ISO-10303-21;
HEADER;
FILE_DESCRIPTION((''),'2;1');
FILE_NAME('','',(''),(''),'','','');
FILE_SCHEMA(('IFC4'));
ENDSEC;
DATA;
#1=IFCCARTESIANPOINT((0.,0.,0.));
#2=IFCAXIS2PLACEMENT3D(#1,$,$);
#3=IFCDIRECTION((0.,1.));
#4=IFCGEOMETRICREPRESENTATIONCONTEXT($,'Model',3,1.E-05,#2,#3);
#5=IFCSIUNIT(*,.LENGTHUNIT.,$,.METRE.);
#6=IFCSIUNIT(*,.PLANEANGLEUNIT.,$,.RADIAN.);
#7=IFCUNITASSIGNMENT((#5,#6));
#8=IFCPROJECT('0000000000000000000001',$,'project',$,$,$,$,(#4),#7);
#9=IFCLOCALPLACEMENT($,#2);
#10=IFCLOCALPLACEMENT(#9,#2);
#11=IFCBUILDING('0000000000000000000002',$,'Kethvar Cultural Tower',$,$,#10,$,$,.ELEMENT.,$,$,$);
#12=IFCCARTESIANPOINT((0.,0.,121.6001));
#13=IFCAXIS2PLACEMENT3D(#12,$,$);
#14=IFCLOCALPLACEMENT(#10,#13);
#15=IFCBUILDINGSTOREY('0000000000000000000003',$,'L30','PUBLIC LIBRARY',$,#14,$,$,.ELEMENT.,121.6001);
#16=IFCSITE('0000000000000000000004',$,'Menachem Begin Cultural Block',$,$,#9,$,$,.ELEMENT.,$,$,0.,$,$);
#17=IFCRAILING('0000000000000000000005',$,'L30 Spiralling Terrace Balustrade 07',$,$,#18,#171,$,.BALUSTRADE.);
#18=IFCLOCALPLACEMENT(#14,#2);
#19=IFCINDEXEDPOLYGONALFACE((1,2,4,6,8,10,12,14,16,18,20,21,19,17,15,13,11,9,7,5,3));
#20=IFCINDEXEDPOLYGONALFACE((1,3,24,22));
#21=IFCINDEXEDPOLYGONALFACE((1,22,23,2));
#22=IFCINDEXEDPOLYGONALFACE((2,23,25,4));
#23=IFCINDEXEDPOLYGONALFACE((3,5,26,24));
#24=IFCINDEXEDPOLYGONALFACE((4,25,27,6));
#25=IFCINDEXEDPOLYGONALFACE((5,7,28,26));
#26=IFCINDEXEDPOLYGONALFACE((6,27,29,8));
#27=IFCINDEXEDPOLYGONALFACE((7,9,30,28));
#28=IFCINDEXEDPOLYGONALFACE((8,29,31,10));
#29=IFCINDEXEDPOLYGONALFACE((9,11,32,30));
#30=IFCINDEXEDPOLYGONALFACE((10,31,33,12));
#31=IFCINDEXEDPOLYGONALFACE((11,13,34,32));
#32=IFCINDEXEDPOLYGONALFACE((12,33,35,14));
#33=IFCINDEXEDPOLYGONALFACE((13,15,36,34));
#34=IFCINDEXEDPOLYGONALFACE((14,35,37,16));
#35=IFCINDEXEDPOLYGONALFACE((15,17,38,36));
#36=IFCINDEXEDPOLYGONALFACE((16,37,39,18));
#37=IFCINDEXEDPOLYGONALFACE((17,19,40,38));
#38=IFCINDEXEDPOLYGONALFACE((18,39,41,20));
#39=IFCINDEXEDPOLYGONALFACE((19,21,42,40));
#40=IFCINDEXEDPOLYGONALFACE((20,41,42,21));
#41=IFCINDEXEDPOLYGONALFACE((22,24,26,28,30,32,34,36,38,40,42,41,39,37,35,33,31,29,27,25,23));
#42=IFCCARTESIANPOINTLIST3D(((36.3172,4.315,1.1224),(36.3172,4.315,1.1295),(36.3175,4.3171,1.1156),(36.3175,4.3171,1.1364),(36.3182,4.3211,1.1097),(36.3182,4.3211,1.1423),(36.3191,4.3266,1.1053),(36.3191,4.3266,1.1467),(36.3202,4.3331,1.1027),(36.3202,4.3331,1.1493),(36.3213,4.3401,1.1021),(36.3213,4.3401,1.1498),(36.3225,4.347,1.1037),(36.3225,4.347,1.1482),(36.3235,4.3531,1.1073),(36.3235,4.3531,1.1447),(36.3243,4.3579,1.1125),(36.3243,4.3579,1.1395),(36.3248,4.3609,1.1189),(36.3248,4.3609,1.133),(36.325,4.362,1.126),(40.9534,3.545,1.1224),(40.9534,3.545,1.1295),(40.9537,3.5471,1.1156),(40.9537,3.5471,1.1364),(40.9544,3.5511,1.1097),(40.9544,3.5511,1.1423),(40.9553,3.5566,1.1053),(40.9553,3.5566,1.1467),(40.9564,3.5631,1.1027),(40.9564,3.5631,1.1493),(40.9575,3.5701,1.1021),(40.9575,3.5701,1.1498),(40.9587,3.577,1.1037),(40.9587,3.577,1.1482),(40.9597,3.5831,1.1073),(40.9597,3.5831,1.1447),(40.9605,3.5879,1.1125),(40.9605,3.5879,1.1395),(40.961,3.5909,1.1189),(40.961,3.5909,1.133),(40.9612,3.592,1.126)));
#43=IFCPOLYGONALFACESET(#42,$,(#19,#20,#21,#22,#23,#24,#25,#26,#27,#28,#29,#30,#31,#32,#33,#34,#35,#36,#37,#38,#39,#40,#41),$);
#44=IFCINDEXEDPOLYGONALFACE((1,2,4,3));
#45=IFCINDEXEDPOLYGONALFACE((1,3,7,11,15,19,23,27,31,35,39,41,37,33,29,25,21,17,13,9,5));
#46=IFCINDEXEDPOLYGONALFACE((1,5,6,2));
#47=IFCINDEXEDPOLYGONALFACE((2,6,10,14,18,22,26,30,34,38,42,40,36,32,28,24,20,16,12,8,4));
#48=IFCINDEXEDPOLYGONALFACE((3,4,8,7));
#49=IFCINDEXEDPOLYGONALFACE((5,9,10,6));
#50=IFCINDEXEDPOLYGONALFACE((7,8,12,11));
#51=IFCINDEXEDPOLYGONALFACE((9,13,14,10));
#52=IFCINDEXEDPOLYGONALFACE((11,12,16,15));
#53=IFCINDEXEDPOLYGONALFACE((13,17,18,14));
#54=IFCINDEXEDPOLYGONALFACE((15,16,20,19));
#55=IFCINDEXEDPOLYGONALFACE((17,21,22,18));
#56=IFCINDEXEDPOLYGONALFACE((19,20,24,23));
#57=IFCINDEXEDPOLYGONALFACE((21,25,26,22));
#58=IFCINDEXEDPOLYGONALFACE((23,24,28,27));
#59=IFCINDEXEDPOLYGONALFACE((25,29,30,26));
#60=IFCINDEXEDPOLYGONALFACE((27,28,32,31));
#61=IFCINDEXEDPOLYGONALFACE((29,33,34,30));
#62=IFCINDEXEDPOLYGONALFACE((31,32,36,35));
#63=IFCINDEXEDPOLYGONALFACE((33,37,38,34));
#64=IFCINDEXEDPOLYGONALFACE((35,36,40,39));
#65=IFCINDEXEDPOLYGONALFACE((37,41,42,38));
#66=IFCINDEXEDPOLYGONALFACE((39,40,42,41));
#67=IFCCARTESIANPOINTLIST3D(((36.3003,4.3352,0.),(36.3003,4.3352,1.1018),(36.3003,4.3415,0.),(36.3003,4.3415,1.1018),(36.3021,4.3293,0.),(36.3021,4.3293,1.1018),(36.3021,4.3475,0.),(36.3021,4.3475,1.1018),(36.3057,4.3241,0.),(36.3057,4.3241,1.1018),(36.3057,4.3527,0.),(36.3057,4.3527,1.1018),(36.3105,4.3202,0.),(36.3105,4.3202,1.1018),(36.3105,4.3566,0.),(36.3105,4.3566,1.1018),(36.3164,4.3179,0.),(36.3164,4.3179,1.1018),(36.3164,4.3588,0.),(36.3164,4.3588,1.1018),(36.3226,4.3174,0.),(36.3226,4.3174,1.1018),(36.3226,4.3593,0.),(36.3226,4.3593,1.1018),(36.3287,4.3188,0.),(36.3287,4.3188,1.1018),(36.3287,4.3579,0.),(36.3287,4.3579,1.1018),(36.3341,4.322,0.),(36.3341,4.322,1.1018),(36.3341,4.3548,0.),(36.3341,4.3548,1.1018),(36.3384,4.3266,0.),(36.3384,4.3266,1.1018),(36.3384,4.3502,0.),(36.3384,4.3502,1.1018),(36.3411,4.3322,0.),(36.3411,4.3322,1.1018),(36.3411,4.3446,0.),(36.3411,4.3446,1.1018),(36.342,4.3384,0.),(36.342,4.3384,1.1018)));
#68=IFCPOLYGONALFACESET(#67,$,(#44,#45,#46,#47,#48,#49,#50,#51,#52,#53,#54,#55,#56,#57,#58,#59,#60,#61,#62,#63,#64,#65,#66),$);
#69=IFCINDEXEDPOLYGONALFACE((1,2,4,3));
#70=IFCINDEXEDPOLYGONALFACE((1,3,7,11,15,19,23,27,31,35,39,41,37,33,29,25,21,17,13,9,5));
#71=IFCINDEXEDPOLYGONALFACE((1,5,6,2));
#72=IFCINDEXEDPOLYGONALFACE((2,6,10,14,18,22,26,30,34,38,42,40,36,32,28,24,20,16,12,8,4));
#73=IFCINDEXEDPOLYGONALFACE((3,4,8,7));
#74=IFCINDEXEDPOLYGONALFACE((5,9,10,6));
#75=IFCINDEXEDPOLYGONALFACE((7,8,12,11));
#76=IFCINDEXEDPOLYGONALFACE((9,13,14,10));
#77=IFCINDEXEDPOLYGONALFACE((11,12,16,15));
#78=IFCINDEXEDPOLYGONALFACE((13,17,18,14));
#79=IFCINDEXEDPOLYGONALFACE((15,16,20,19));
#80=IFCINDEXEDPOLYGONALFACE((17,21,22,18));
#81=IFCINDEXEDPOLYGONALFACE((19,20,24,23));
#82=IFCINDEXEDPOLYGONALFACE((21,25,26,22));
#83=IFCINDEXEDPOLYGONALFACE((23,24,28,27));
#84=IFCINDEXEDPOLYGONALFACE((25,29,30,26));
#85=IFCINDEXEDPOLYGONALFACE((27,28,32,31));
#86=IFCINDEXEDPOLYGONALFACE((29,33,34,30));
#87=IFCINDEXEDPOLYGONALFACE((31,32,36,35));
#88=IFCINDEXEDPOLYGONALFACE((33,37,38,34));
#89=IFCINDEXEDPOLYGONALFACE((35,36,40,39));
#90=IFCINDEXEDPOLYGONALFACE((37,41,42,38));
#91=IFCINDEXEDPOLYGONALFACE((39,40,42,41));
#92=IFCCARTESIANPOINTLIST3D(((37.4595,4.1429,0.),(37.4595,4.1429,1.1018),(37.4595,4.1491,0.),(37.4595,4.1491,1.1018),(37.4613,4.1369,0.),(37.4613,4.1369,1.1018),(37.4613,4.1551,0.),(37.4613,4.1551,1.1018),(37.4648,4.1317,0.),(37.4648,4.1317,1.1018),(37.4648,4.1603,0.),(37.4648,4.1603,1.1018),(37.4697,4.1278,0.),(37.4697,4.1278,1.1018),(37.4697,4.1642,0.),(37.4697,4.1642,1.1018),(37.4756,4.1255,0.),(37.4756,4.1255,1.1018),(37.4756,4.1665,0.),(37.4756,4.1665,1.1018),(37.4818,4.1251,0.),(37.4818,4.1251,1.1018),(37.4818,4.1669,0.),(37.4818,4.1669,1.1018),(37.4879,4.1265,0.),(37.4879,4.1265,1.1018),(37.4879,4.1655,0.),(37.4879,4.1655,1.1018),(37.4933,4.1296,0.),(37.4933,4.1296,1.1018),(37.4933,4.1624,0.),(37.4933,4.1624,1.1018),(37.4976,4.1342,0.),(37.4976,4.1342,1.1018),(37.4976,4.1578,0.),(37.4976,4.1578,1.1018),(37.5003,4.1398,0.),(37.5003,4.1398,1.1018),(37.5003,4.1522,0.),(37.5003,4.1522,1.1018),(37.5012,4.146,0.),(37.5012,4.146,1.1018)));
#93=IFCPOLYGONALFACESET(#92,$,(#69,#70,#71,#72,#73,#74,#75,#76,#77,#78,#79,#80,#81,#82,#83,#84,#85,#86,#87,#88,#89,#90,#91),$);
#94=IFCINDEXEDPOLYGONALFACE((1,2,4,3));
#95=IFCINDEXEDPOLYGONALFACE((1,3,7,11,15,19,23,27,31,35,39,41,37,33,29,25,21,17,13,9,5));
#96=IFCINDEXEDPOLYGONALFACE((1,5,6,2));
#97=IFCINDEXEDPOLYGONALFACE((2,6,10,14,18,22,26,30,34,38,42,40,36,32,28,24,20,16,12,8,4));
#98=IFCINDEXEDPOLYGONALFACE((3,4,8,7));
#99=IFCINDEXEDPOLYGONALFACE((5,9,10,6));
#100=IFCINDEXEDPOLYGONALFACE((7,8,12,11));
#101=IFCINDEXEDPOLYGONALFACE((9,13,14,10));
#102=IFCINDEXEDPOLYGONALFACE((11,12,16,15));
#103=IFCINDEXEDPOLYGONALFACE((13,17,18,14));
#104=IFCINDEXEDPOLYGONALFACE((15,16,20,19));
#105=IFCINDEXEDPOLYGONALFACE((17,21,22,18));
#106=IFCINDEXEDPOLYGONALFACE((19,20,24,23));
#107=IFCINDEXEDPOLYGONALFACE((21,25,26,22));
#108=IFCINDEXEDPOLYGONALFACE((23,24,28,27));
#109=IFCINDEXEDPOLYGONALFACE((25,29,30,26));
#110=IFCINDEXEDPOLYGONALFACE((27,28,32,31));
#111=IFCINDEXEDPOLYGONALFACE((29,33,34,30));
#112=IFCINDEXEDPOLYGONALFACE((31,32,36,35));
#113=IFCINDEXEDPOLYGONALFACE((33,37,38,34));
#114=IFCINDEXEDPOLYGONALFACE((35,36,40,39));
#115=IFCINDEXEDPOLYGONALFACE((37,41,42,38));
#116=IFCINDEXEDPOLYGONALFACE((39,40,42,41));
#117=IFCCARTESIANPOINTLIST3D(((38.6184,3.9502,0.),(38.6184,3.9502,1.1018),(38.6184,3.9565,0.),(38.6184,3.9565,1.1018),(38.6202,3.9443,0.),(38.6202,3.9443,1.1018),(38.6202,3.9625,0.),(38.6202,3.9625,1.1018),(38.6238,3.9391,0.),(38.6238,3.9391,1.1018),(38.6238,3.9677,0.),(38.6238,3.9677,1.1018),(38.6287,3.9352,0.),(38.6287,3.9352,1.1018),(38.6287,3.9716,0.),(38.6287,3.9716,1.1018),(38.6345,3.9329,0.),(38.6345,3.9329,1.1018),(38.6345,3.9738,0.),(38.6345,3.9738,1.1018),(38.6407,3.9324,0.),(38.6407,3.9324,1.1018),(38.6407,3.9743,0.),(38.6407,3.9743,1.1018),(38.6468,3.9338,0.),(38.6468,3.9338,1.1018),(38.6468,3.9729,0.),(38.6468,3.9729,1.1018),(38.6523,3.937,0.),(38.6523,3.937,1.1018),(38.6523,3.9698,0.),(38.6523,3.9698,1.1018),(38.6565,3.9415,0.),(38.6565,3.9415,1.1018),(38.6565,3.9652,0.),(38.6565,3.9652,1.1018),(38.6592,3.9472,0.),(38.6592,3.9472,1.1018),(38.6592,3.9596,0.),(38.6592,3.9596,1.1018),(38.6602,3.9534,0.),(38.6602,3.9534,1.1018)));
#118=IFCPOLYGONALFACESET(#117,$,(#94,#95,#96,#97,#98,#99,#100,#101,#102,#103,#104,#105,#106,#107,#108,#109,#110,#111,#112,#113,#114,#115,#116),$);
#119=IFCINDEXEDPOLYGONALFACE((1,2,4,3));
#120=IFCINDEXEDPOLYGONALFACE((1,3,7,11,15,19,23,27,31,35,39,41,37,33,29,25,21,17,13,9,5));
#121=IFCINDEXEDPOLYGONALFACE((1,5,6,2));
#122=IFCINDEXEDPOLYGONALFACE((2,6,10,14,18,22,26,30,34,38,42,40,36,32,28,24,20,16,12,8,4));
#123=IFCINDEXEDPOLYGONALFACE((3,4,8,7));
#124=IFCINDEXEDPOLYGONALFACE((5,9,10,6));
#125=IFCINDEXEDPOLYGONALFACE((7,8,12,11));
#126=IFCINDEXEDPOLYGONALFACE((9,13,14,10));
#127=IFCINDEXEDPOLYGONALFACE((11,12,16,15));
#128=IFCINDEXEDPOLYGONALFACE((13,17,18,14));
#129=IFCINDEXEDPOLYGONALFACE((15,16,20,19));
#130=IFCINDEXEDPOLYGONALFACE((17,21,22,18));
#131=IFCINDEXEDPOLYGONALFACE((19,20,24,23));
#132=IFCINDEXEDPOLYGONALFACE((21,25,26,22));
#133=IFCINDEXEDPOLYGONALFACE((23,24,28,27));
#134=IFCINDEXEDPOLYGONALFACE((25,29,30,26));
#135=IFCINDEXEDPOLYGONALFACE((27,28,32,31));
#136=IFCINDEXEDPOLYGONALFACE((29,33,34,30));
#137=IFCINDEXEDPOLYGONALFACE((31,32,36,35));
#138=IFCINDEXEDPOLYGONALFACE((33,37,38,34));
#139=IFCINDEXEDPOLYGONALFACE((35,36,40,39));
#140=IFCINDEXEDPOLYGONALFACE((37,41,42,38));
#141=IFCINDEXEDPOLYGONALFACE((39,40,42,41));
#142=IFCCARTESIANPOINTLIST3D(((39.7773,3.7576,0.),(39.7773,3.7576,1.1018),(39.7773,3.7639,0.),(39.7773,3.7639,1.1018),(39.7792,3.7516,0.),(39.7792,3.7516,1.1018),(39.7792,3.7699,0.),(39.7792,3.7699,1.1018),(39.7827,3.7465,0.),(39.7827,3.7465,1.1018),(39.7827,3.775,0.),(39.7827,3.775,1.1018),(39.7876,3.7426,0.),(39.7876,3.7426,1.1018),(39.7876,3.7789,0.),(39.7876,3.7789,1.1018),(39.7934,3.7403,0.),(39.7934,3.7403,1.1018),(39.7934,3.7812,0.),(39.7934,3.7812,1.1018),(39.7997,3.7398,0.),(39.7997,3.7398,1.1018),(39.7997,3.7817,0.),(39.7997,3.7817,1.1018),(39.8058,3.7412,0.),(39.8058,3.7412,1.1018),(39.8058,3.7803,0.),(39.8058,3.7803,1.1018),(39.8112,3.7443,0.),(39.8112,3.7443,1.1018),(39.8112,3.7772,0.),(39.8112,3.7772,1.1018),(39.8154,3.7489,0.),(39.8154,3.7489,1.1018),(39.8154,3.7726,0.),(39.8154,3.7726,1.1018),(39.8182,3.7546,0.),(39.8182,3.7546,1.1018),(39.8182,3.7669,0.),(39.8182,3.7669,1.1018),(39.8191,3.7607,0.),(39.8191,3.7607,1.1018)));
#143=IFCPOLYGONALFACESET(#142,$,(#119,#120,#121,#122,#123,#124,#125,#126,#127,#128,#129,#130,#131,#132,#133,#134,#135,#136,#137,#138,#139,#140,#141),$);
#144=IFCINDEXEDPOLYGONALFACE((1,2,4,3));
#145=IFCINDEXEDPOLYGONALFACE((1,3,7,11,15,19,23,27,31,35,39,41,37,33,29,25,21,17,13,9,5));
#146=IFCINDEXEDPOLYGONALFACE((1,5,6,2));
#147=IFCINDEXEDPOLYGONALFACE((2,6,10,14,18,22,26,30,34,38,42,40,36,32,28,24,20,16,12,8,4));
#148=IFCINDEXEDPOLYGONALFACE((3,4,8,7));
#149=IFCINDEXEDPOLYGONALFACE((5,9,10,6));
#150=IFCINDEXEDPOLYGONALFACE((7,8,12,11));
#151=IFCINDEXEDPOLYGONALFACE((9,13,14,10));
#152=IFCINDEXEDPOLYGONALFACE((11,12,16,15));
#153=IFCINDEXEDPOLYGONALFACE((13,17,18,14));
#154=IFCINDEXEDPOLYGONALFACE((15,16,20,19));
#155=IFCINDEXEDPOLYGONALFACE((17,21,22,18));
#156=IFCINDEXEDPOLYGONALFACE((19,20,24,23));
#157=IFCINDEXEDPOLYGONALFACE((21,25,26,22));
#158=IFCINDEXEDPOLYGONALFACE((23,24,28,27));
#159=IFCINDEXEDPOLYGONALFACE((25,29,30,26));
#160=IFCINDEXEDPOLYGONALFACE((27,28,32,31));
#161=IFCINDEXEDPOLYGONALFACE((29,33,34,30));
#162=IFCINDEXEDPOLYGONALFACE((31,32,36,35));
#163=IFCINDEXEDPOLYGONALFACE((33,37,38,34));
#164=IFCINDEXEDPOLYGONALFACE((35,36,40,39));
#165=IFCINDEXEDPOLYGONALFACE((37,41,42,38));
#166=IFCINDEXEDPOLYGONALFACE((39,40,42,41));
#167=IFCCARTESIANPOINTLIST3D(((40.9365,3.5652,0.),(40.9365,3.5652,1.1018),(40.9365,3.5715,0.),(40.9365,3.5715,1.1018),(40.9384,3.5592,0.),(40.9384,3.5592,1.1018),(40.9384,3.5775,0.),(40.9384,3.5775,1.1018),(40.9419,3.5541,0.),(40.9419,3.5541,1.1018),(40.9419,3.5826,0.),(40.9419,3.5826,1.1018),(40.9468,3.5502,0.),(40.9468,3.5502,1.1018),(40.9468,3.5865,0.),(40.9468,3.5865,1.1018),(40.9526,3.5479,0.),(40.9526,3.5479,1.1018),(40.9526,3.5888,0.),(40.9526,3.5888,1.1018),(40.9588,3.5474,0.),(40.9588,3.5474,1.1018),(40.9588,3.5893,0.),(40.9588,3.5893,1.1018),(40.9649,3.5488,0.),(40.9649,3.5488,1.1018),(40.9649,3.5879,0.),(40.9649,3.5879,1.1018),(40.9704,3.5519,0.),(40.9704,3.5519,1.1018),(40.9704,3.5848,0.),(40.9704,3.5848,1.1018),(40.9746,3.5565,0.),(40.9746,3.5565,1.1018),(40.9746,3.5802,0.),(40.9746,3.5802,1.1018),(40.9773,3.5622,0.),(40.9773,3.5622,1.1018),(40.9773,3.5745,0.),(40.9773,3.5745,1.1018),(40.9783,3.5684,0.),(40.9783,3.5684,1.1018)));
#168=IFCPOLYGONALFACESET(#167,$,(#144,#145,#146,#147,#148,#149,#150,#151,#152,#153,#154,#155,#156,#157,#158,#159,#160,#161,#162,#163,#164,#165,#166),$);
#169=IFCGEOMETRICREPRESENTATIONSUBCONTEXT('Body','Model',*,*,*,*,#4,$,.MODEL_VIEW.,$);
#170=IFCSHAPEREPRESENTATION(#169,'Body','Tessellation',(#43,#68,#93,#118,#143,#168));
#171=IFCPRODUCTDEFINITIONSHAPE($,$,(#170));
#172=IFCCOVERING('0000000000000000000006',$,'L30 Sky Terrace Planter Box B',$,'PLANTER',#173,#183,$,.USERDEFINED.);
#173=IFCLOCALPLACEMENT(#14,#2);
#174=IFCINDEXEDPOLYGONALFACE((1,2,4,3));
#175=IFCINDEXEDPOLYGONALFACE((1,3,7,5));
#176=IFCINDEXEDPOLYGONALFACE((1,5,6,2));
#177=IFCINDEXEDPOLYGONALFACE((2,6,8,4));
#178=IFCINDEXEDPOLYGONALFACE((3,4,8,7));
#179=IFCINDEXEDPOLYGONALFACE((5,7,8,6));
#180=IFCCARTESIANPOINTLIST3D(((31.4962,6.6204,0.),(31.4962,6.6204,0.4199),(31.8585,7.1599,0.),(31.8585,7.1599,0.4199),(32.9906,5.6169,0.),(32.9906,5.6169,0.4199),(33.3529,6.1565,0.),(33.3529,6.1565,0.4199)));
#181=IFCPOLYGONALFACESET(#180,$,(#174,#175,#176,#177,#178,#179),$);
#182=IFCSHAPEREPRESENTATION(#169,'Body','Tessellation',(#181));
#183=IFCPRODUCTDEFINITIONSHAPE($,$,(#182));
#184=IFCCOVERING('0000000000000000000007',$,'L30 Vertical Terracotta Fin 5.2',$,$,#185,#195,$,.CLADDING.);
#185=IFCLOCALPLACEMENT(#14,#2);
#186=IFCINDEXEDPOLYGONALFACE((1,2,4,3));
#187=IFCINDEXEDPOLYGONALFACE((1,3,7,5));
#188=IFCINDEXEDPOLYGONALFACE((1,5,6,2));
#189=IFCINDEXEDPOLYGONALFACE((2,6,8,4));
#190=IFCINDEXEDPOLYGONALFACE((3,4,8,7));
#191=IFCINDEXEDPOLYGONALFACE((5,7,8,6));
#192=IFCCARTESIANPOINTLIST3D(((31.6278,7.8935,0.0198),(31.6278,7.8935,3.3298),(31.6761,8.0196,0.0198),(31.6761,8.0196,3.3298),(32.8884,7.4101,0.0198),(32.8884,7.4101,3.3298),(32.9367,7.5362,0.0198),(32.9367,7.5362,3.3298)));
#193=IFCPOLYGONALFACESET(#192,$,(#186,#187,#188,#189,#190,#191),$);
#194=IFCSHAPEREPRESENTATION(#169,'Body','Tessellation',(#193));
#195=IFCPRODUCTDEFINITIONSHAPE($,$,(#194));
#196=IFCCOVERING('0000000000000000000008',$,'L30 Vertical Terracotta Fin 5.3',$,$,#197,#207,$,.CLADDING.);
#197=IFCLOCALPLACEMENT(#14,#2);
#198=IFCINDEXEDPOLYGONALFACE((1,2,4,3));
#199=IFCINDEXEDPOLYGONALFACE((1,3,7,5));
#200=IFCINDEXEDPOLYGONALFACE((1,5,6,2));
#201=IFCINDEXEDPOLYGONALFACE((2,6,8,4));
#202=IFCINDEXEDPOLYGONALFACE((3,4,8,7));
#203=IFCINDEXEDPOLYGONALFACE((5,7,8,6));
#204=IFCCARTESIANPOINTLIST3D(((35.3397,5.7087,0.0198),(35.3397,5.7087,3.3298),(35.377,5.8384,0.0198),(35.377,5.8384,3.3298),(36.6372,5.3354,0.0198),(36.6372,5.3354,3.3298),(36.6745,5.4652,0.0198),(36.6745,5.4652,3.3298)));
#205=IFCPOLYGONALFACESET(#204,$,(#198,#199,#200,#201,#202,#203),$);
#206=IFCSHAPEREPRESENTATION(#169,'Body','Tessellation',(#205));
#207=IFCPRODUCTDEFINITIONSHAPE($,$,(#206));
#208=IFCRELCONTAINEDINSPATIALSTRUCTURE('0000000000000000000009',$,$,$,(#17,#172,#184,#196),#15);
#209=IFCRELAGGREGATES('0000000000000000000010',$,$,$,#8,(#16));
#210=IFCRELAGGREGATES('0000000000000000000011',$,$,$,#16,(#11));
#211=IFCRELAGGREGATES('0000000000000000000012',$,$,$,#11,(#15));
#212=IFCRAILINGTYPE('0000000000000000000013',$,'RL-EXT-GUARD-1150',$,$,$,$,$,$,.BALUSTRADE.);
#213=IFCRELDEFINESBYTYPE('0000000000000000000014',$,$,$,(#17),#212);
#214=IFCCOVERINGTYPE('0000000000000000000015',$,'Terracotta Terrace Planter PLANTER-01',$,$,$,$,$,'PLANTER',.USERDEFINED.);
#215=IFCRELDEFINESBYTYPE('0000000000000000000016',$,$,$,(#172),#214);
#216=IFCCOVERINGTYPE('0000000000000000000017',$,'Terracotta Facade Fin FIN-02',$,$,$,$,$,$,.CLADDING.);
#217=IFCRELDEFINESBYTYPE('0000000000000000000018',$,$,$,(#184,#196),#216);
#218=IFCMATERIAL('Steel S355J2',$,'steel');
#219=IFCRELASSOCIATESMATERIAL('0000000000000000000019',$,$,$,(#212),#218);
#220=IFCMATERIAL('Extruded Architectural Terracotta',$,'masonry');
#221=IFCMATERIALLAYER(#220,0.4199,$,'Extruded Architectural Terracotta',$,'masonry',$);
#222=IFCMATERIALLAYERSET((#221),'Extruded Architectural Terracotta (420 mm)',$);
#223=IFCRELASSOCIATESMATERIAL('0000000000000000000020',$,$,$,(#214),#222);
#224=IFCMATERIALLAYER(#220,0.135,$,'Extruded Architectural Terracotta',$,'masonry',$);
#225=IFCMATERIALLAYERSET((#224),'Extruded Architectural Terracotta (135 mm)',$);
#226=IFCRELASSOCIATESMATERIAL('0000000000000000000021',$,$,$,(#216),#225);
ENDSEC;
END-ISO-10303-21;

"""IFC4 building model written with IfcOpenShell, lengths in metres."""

from ifc_helpers import new_model, si_unit, direction, frame, origin, origin_2d, place, context, subcontext, project, spatial, rectangle, circle, extrude, source, transform, mapped, material, layer, layer_set, type_object, element, save


model = new_model("IFC4")

# Units and contexts
model_context = context("Model", 3, precision=1e-05, world=origin(), true_north=direction((0.0, 1.0)))
body_context = subcontext(model_context, "Body", "Model", "MODEL_VIEW")
ifc_project = project(units=[si_unit("LENGTHUNIT", "METRE"), si_unit("PLANEANGLEUNIT", "RADIAN")], contexts=[model_context])

# Site, building, storey
site_placement = place(None, origin())
site = spatial("IfcSite", under=ifc_project, at=site_placement, Name="Menachem Begin Cultural Block", CompositionType="ELEMENT", RefElevation=0.0)
building_placement = place(site_placement, origin())
building = spatial("IfcBuilding", under=site, at=building_placement, Name="Kethvar Cultural Tower", CompositionType="ELEMENT")
storey_placement = place(building_placement, frame((0.0, 0.0, 121.6001)))
storey = spatial("IfcBuildingStorey", under=building, at=storey_placement, Name="L30", Description="PUBLIC LIBRARY", CompositionType="ELEMENT", Elevation=121.6001)

# Shared definitions
ifc_material_1 = material(Name="Steel S355J2", Category="steel")

# Railing
railing_type = type_object("IfcRailingType", Name="RL-EXT-GUARD-1150", PredefinedType="BALUSTRADE", material=ifc_material_1)
railing_1_placement = place(storey_placement, frame((36.321, 4.3384, 0.0)))
element("IfcRailing", 1, at=railing_1_placement, inside=storey, type_object=railing_type, Name="L30 Spiralling Terrace Balustrade 07", PredefinedType="BALUSTRADE", context=body_context, shape_type="SweptSolid", body=[
    extrude(circle(Radius=0.0239, at=origin_2d()), frame((0.0, 0.0, 1.126), z_axis=(0.986486, -0.163843, 0.0), x_axis=(0.163843, 0.986486, 0.0)), (0.0, 0.0, 1.0), 4.6997),
    extrude(circle(Radius=0.021, at=origin_2d()), origin(), (0.0, 0.0, 1.0), 1.1018),
    extrude(circle(Radius=0.021, at=origin_2d()), frame((1.1592, -0.1924, 0.0)), (0.0, 0.0, 1.0), 1.1018),
    extrude(circle(Radius=0.021, at=origin_2d()), frame((2.3181, -0.385, 0.0)), (0.0, 0.0, 1.0), 1.1018),
    extrude(circle(Radius=0.021, at=origin_2d()), frame((3.4771, -0.5776, 0.0)), (0.0, 0.0, 1.0), 1.1018),
    extrude(circle(Radius=0.021, at=origin_2d()), frame((4.6362, -0.77, 0.0)), (0.0, 0.0, 1.0), 1.1018),
])

# Coverings
ifc_material_2 = material(Name="Extruded Architectural Terracotta", Category="masonry")
ifc_layer_1 = layer(ifc_material_2, 0.4199, Name="Extruded Architectural Terracotta", Category="masonry")
ifc_layer_set_1 = layer_set([ifc_layer_1], Name="Extruded Architectural Terracotta (420 mm)")
covering_type_1 = type_object("IfcCoveringType", Name="Terracotta Terrace Planter PLANTER-01", ElementType="PLANTER", PredefinedType="USERDEFINED", material=ifc_layer_set_1)
shared_shape_1 = source(origin(), body_context, "Body", "SweptSolid", [
    extrude(rectangle(XDim=1.8, YDim=0.6499, at=origin_2d()), origin(), (0.0, 0.0, 1.0), 0.4199),
])
covering_placement = place(storey_placement, frame((32.4246, 6.3884, 0.0), z_axis=(0.0, 0.0, 1.0), x_axis=(0.830207, -0.557455, 0.0)))
element("IfcCovering", 2, at=covering_placement, inside=storey, type_object=covering_type_1, Name="L30 Sky Terrace Planter Box B", ObjectType="PLANTER", PredefinedType="USERDEFINED", context=body_context, shape_type="MappedRepresentation", body=[
    mapped(shared_shape_1, transform((0.0, 0.0, 0.0), scale=1.0)),
])
ifc_layer_2 = layer(ifc_material_2, 0.135, Name="Extruded Architectural Terracotta", Category="masonry")
ifc_layer_set_2 = layer_set([ifc_layer_2], Name="Extruded Architectural Terracotta (135 mm)")
covering_type_2 = type_object("IfcCoveringType", Name="Terracotta Facade Fin FIN-02", PredefinedType="CLADDING", material=ifc_layer_set_2)
shared_shape_2 = source(origin(), body_context, "Body", "SweptSolid", [
    extrude(rectangle(XDim=1.3501, YDim=0.135, at=origin_2d()), origin(), (0.0, 0.0, 1.0), 3.3101),
])
for number, where, z_axis, x_axis, name in (
    (3, (32.2822, 7.7148, 0.0198), (0.0, 0.0, 1.0), (-0.933705, 0.358042, 0.0), "L30 Vertical Terracotta Fin 5.2"),
    (4, (36.0071, 5.5869, 0.0198), (0.0, 0.0, 1.0), (-0.961021, 0.276476, 0.0), "L30 Vertical Terracotta Fin 5.3"),
):
    element("IfcCovering", number, at=place(storey_placement, frame(where, z_axis=z_axis, x_axis=x_axis)), inside=storey, type_object=covering_type_2, Name=name, PredefinedType="CLADDING", context=body_context, shape_type="MappedRepresentation", body=[
        mapped(shared_shape_2, transform((0.0, 0.0, 0.0), scale=1.0)),
    ])

save(model, "model.ifc")
